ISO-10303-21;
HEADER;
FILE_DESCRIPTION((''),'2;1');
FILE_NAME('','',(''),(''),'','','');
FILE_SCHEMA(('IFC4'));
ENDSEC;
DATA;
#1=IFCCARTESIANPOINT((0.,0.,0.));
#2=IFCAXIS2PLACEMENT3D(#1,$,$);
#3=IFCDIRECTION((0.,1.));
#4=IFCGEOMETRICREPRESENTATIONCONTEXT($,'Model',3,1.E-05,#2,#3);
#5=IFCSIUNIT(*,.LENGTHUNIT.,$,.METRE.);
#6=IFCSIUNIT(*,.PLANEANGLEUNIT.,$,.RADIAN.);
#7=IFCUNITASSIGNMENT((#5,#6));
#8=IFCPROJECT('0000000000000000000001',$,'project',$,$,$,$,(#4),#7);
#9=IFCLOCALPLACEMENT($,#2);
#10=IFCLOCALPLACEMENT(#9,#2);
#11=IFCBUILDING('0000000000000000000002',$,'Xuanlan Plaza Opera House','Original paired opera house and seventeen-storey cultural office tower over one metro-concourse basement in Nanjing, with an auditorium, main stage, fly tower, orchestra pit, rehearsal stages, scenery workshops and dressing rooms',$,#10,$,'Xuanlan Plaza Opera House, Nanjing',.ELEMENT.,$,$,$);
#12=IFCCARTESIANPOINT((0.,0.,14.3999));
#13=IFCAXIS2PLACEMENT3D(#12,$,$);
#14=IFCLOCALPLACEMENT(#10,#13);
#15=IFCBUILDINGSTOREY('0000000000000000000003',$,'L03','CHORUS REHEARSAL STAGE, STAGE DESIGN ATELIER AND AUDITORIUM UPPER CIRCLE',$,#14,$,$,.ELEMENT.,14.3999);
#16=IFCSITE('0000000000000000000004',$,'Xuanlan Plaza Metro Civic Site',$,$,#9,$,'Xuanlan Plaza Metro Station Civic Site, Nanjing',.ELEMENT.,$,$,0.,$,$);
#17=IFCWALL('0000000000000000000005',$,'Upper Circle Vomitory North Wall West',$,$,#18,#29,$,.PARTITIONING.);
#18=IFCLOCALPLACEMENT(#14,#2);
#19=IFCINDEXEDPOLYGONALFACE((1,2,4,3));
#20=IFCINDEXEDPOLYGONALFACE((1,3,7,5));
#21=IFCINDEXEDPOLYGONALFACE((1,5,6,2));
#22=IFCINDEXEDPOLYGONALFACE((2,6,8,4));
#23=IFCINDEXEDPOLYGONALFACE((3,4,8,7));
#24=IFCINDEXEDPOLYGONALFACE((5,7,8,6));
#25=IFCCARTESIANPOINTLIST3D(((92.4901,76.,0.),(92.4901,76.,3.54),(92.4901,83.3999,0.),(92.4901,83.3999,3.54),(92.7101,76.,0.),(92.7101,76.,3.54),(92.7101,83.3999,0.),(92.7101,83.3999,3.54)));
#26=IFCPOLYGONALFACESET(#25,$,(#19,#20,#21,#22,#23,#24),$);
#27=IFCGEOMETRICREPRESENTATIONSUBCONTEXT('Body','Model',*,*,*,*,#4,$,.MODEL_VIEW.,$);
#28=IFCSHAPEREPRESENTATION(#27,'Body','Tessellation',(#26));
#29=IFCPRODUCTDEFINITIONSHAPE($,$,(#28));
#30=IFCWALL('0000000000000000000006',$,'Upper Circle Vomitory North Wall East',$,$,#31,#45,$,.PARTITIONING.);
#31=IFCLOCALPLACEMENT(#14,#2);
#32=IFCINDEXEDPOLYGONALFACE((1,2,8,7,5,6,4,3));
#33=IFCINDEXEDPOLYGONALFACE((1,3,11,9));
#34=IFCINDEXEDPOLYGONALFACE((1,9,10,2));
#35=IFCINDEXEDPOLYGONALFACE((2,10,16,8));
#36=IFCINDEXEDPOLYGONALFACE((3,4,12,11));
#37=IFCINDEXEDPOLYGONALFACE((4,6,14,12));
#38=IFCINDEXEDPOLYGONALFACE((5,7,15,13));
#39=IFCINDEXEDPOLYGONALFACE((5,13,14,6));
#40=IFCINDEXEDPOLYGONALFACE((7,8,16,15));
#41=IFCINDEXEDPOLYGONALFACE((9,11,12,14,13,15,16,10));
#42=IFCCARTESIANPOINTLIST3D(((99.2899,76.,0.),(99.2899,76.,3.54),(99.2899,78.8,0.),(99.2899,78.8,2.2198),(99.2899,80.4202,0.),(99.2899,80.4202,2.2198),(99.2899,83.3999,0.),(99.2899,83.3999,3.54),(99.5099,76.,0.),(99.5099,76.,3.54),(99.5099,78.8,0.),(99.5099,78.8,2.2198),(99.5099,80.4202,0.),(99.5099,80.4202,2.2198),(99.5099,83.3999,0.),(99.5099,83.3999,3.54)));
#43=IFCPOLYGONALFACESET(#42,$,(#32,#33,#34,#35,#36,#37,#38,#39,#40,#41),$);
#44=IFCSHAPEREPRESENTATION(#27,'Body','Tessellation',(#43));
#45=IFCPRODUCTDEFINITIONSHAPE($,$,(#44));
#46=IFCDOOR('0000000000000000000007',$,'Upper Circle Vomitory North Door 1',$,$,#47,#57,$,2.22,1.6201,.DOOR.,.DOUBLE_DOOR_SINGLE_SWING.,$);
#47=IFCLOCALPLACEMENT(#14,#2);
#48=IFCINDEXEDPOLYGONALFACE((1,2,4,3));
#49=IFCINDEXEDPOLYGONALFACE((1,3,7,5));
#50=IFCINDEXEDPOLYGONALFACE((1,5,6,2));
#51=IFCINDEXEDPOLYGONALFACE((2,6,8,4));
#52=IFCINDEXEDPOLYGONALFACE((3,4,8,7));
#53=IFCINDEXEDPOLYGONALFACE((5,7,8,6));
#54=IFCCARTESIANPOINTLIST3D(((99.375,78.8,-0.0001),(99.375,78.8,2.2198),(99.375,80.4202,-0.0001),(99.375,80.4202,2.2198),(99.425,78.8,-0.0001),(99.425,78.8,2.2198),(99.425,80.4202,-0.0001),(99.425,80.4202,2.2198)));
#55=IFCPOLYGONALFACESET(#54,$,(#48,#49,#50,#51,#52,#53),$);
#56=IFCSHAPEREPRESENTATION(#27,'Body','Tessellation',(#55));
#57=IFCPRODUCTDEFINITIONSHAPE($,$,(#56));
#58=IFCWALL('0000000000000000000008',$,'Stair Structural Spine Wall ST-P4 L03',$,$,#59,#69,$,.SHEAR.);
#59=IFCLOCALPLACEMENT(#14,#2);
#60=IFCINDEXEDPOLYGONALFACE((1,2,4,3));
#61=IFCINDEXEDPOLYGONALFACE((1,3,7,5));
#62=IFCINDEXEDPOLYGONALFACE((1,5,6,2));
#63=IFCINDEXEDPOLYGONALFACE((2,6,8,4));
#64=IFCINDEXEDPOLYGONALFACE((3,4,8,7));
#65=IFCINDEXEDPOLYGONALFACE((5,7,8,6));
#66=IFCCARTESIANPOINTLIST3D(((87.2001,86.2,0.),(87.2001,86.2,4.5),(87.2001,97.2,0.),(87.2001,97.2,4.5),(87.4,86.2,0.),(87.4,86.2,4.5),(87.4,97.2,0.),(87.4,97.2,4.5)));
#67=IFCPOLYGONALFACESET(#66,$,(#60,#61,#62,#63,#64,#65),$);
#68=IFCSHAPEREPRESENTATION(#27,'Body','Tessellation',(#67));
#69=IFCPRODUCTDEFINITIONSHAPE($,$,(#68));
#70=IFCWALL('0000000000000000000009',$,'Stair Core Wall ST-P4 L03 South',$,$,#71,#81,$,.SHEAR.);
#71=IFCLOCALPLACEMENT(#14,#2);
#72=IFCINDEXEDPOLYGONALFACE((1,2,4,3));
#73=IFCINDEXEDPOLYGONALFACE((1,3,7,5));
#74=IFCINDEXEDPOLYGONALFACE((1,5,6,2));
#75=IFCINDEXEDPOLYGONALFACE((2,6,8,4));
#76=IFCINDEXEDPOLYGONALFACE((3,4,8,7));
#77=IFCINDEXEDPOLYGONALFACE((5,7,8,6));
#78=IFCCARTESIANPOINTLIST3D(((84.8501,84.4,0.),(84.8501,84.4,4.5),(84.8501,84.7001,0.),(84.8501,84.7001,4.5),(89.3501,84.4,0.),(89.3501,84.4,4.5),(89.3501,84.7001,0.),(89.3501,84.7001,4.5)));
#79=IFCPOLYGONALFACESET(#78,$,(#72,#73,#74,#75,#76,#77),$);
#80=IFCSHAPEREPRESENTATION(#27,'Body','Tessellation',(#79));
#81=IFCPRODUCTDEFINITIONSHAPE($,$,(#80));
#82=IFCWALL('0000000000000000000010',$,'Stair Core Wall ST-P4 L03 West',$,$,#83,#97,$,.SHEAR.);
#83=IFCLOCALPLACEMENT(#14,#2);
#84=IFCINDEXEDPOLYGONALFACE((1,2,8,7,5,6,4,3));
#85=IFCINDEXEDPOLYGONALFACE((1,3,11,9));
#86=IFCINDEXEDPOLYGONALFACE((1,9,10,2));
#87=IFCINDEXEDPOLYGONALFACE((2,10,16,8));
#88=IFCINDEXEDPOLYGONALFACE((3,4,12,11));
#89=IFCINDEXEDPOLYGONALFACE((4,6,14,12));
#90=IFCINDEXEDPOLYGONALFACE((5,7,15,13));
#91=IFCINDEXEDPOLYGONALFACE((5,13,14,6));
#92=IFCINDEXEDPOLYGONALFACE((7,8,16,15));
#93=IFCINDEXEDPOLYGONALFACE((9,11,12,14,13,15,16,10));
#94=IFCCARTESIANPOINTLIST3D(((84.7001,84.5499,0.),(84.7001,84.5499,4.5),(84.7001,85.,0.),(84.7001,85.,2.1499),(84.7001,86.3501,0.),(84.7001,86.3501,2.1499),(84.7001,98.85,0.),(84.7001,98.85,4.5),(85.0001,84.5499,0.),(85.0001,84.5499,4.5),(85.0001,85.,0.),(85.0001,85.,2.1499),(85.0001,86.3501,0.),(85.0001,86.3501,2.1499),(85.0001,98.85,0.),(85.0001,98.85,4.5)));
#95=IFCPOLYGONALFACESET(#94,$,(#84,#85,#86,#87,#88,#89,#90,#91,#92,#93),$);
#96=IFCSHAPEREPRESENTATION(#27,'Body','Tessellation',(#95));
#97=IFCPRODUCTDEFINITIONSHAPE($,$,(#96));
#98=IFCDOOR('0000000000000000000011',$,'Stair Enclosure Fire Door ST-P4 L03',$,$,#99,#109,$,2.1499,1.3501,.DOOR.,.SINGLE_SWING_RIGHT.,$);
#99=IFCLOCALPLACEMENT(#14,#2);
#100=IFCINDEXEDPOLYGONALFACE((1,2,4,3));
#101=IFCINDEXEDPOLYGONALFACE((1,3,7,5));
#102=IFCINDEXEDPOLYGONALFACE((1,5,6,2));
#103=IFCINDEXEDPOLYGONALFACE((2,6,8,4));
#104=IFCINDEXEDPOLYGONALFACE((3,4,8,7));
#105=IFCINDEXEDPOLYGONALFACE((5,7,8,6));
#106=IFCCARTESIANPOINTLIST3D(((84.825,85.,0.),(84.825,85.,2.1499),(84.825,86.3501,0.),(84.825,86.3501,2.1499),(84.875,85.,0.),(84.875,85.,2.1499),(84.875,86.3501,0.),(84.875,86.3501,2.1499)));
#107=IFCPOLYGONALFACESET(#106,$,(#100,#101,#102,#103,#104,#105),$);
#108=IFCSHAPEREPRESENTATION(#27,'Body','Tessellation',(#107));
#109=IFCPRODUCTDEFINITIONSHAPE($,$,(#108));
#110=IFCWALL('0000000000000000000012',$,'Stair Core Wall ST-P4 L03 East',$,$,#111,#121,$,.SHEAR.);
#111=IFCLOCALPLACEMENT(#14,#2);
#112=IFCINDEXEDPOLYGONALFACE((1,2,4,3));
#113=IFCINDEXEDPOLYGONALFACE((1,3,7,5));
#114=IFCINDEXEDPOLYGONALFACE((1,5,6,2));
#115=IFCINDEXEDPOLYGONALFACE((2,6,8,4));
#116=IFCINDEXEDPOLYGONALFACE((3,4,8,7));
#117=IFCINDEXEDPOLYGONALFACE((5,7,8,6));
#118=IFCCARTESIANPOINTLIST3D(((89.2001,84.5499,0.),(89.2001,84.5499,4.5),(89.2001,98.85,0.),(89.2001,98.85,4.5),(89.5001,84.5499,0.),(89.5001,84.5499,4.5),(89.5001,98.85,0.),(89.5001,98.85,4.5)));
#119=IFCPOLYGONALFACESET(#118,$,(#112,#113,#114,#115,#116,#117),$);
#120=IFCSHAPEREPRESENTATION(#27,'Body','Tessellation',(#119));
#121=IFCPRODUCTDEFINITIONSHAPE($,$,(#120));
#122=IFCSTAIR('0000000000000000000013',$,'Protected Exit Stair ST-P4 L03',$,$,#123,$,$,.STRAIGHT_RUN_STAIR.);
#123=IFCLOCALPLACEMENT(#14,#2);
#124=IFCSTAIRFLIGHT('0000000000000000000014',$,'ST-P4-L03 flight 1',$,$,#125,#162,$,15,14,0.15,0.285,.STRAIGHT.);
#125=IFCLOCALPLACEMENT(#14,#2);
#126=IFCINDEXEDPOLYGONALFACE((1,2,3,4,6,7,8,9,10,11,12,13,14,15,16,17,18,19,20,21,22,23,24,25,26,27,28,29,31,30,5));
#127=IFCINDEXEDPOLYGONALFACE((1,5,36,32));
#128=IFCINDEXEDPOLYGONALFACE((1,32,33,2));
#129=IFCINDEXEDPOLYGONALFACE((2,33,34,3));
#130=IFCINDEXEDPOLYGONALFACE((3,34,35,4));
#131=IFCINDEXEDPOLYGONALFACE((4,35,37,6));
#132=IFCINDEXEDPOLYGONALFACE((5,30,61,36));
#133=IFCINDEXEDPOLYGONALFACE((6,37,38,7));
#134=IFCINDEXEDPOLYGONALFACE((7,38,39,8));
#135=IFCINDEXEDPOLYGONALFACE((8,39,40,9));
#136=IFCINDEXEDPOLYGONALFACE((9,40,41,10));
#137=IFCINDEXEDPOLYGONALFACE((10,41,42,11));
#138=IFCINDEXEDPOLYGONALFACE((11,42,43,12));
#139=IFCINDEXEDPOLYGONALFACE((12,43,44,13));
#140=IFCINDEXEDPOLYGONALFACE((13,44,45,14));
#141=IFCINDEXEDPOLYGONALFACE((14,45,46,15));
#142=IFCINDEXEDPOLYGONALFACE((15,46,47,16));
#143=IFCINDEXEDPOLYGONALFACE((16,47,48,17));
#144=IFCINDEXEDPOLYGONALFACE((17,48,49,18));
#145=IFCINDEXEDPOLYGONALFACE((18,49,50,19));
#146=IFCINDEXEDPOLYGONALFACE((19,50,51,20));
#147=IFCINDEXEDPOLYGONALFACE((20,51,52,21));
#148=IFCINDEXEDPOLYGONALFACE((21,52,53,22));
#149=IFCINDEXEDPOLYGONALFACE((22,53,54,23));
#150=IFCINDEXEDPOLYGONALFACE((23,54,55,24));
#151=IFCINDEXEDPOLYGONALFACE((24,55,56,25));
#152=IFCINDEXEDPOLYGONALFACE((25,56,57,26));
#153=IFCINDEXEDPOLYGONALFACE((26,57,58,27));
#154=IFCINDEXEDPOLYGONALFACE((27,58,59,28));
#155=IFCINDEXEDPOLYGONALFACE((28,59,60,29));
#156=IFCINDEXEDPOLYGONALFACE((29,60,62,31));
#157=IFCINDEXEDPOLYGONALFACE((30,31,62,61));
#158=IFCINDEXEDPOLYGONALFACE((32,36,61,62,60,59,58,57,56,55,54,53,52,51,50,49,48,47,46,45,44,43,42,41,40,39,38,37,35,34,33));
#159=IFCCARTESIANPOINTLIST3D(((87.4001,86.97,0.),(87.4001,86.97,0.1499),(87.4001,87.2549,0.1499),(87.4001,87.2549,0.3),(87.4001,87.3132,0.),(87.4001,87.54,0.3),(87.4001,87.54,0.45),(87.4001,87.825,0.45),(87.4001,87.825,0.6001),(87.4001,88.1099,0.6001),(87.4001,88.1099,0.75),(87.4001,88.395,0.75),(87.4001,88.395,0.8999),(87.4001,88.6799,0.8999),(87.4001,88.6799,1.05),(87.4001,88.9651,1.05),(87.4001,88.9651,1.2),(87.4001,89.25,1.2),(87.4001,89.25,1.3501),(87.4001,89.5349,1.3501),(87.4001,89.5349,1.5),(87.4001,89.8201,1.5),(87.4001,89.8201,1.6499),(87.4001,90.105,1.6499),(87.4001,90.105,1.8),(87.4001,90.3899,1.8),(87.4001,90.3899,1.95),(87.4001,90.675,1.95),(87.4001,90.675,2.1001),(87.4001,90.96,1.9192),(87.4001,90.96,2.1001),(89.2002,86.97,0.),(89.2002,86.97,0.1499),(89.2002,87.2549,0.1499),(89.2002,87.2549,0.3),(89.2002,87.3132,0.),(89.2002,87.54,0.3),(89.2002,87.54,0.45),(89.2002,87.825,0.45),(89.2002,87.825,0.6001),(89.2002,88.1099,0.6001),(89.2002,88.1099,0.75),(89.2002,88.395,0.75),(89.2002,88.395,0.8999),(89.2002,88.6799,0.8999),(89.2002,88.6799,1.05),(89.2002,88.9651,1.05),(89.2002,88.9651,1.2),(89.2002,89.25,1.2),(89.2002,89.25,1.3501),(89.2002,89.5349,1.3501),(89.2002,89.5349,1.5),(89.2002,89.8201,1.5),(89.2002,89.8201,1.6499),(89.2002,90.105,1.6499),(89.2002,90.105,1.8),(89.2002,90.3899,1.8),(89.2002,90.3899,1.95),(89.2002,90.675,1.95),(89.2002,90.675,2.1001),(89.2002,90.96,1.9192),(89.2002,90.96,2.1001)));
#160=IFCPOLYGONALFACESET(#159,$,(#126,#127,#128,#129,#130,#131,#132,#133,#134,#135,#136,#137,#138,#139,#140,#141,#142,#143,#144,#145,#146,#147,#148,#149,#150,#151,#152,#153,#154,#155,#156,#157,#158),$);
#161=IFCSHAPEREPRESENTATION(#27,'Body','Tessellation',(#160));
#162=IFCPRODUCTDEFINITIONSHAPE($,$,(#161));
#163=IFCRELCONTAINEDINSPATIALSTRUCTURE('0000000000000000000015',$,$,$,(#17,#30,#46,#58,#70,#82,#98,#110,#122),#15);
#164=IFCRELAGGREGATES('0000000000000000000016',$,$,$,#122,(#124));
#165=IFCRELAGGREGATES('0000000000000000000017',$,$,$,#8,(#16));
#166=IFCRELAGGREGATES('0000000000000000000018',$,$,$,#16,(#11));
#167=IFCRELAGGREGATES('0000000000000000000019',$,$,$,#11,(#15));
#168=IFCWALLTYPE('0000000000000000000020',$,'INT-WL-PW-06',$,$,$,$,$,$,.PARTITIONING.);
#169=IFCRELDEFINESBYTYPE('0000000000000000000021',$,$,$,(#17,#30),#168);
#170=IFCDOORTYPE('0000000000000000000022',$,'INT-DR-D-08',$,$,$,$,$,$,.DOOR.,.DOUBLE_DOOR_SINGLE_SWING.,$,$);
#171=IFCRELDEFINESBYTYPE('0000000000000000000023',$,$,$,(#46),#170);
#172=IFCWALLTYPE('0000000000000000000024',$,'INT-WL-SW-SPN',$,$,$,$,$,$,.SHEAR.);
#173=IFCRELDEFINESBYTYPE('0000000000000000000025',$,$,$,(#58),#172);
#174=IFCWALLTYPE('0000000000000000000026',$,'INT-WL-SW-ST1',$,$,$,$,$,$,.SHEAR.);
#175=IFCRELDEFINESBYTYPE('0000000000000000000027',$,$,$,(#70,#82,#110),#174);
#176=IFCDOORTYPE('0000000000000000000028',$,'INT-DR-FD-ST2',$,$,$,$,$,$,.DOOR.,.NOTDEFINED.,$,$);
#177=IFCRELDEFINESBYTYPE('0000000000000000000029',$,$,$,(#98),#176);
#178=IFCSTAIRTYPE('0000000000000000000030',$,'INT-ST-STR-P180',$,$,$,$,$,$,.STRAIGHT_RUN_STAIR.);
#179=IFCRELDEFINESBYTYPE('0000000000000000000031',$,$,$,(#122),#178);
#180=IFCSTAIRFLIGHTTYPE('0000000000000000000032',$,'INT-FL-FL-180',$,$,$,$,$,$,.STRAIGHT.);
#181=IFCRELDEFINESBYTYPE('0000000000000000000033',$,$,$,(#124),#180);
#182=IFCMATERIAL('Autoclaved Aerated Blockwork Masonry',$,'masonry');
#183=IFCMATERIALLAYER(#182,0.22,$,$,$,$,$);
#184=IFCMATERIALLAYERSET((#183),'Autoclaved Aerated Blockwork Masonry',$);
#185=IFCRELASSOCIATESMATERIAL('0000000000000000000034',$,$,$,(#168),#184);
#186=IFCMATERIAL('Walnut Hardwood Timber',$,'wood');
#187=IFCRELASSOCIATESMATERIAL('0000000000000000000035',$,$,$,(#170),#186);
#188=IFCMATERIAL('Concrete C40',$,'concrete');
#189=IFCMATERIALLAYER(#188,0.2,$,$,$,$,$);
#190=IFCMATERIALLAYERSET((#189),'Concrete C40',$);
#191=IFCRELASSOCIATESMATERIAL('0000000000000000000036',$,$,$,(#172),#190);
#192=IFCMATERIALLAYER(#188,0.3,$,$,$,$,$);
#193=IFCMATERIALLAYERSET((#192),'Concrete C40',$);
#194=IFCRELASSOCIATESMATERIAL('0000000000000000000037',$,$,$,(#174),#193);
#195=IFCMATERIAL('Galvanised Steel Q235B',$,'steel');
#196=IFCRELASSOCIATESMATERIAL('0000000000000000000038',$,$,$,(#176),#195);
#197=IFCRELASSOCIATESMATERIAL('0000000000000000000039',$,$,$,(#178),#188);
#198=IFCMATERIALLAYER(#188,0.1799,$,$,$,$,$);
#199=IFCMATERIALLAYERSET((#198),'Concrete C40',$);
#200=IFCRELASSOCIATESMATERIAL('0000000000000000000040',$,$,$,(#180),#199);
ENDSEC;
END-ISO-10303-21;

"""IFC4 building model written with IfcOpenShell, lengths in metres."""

from ifc_helpers import new_model, si_unit, direction, frame, frame_2d, origin, place, context, subcontext, project, spatial, polyline, rectangle, outline, extrude, material, layer, layer_set, type_object, element, fill, aggregate, save


model = new_model("IFC4")

# Units and contexts
model_context = context("Model", 3, precision=1e-05, world=origin(), true_north=direction((0.0, 1.0)))
body_context = subcontext(model_context, "Body", "Model", "MODEL_VIEW")
ifc_project = project(units=[si_unit("LENGTHUNIT", "METRE"), si_unit("PLANEANGLEUNIT", "RADIAN")], contexts=[model_context])

# Site, building, storey
site_placement = place(None, origin())
site = spatial("IfcSite", under=ifc_project, at=site_placement, Name="Xuanlan Plaza Metro Civic Site", LongName="Xuanlan Plaza Metro Station Civic Site, Nanjing", CompositionType="ELEMENT", RefElevation=0.0)
building_placement = place(site_placement, origin())
building = spatial("IfcBuilding", under=site, at=building_placement, Name="Xuanlan Plaza Opera House", Description="Original paired opera house and seventeen-storey cultural office tower over one metro-concourse basement in Nanjing, with an auditorium, main stage, fly tower, orchestra pit, rehearsal stages, scenery workshops and dressing rooms", LongName="Xuanlan Plaza Opera House, Nanjing", CompositionType="ELEMENT")
storey_placement = place(building_placement, frame((0.0, 0.0, 14.3999)))
storey = spatial("IfcBuildingStorey", under=building, at=storey_placement, Name="L03", Description="CHORUS REHEARSAL STAGE, STAGE DESIGN ATELIER AND AUDITORIUM UPPER CIRCLE", CompositionType="ELEMENT", Elevation=14.3999)

# Shared definitions
ifc_material_1 = material(Name="Concrete C40", Category="concrete")

# Shared definitions
ifc_material_2 = material(Name="Autoclaved Aerated Blockwork Masonry", Category="masonry")
ifc_layer_1 = layer(ifc_material_2, 0.22)
ifc_layer_set_1 = layer_set([ifc_layer_1], Name="Autoclaved Aerated Blockwork Masonry")
wall_type_1 = type_object("IfcWallType", Name="INT-WL-PW-06", PredefinedType="PARTITIONING", material=ifc_layer_set_1)
ifc_material_3 = material(Name="Galvanised Steel Q235B", Category="steel")

# Wall
wall_1_placement = place(storey_placement, frame((92.6001, 76.0, 0.0), z_axis=(0.0, 0.0, 1.0), x_axis=(0.0, 1.0, 0.0)))
element("IfcWall", 1, at=wall_1_placement, inside=storey, type_object=wall_type_1, Name="Upper Circle Vomitory North Wall West", PredefinedType="PARTITIONING", context=body_context, shape_type="SweptSolid", body=[
    extrude(rectangle(XDim=7.3999, YDim=0.22, at=frame_2d((3.7, 0.0))), origin(), (0.0, 0.0, 1.0), 3.54),
])

# Wall, opening, door
wall_2_placement = place(storey_placement, frame((99.3999, 76.0, 0.0), z_axis=(0.0, 0.0, 1.0), x_axis=(0.0, 1.0, 0.0)))
wall_2 = element("IfcWall", 2, at=wall_2_placement, inside=storey, type_object=wall_type_1, Name="Upper Circle Vomitory North Wall East", PredefinedType="PARTITIONING", context=body_context, shape_type="SweptSolid", body=[
    extrude(rectangle(XDim=7.3999, YDim=0.22, at=frame_2d((3.7, 0.0))), origin(), (0.0, 0.0, 1.0), 3.54),
])
opening_1_placement = place(wall_2_placement, frame((2.8, 0.0, 0.0)))
opening_1 = element("IfcOpeningElement", 3, at=opening_1_placement, cuts=wall_2, PredefinedType="OPENING", context=body_context, shape_type="SweptSolid", body=[
    extrude(rectangle(XDim=1.6201, YDim=2.22, at=frame_2d((0.8101, 1.1099))), frame((0.0, 0.1199, 0.0), z_axis=(0.0, -1.0, 0.0), x_axis=(1.0, 0.0, 0.0)), (0.0, 0.0, 1.0), 0.24),
])
ifc_material_4 = material(Name="Walnut Hardwood Timber", Category="wood")
door_type_1 = type_object("IfcDoorType", Name="INT-DR-D-08", OperationType="DOUBLE_DOOR_SINGLE_SWING", PredefinedType="DOOR", material=ifc_material_4)
door_1_placement = place(opening_1_placement, origin())
door_1 = element("IfcDoor", 4, at=door_1_placement, inside=storey, type_object=door_type_1, Name="Upper Circle Vomitory North Door 1", OperationType="DOUBLE_DOOR_SINGLE_SWING", OverallHeight=2.22, OverallWidth=1.6201, PredefinedType="DOOR", context=body_context, shape_type="SweptSolid", body=[
    extrude(rectangle(XDim=1.6201, YDim=2.22, at=frame_2d((0.8101, 1.1099))), frame((0.0, 0.0249, 0.0), z_axis=(0.0, -1.0, 0.0), x_axis=(1.0, 0.0, 0.0)), (0.0, 0.0, 1.0), 0.05),
])
fill(opening_1, door_1)

# Walls
ifc_layer_2 = layer(ifc_material_1, 0.2)
ifc_layer_set_2 = layer_set([ifc_layer_2], Name="Concrete C40")
wall_type_2 = type_object("IfcWallType", Name="INT-WL-SW-SPN", PredefinedType="SHEAR", material=ifc_layer_set_2)
wall_3_placement = place(storey_placement, frame((87.3, 86.2, 0.0), z_axis=(0.0, 0.0, 1.0), x_axis=(0.0, 1.0, 0.0)))
element("IfcWall", 5, at=wall_3_placement, inside=storey, type_object=wall_type_2, Name="Stair Structural Spine Wall ST-P4 L03", PredefinedType="SHEAR", context=body_context, shape_type="SweptSolid", body=[
    extrude(rectangle(XDim=11.0, YDim=0.2, at=frame_2d((5.5, 0.0))), origin(), (0.0, 0.0, 1.0), 4.5),
])
ifc_layer_3 = layer(ifc_material_1, 0.3)
ifc_layer_set_3 = layer_set([ifc_layer_3], Name="Concrete C40")
wall_type_3 = type_object("IfcWallType", Name="INT-WL-SW-ST1", PredefinedType="SHEAR", material=ifc_layer_set_3)
wall_4_placement = place(storey_placement, frame((84.8501, 84.55, 0.0), z_axis=(0.0, 0.0, 1.0), x_axis=(1.0, 0.0, 0.0)))
element("IfcWall", 6, at=wall_4_placement, inside=storey, type_object=wall_type_3, Name="Stair Core Wall ST-P4 L03 South", PredefinedType="SHEAR", context=body_context, shape_type="SweptSolid", body=[
    extrude(rectangle(XDim=4.5, YDim=0.3, at=frame_2d((2.25, 0.0))), origin(), (0.0, 0.0, 1.0), 4.5),
])

# Wall, opening, door
wall_5_placement = place(storey_placement, frame((84.8501, 84.55, 0.0), z_axis=(0.0, 0.0, 1.0), x_axis=(0.0, 1.0, 0.0)))
wall_5 = element("IfcWall", 7, at=wall_5_placement, inside=storey, type_object=wall_type_3, Name="Stair Core Wall ST-P4 L03 West", PredefinedType="SHEAR", context=body_context, shape_type="SweptSolid", body=[
    extrude(rectangle(XDim=14.3, YDim=0.3, at=frame_2d((7.1499, 0.0))), origin(), (0.0, 0.0, 1.0), 4.5),
])
opening_2_placement = place(wall_5_placement, frame((0.45, 0.0, 0.0)))
opening_2 = element("IfcOpeningElement", 8, at=opening_2_placement, cuts=wall_5, PredefinedType="OPENING", context=body_context, shape_type="SweptSolid", body=[
    extrude(rectangle(XDim=1.3501, YDim=2.1499, at=frame_2d((0.675, 1.075))), frame((0.0, 0.1599, 0.0), z_axis=(0.0, -1.0, 0.0), x_axis=(1.0, 0.0, 0.0)), (0.0, 0.0, 1.0), 0.3201),
])
door_type_2 = type_object("IfcDoorType", Name="INT-DR-FD-ST2", OperationType="NOTDEFINED", PredefinedType="DOOR", material=ifc_material_3)
door_2_placement = place(opening_2_placement, frame((1.3501, 0.0, 0.0), z_axis=(0.0, 0.0, 1.0), x_axis=(-1.0, 0.0, 0.0)))
door_2 = element("IfcDoor", 9, at=door_2_placement, inside=storey, type_object=door_type_2, Name="Stair Enclosure Fire Door ST-P4 L03", OperationType="SINGLE_SWING_RIGHT", OverallHeight=2.1499, OverallWidth=1.3501, PredefinedType="DOOR", context=body_context, shape_type="SweptSolid", body=[
    extrude(rectangle(XDim=1.3501, YDim=2.1499, at=frame_2d((0.675, 1.075))), frame((0.0, 0.0249, 0.0), z_axis=(0.0, -1.0, 0.0), x_axis=(1.0, 0.0, 0.0)), (0.0, 0.0, 1.0), 0.05),
])
fill(opening_2, door_2)

# Wall
wall_6_placement = place(storey_placement, frame((89.3501, 84.55, 0.0), z_axis=(0.0, 0.0, 1.0), x_axis=(0.0, 1.0, 0.0)))
element("IfcWall", 10, at=wall_6_placement, inside=storey, type_object=wall_type_3, Name="Stair Core Wall ST-P4 L03 East", PredefinedType="SHEAR", context=body_context, shape_type="SweptSolid", body=[
    extrude(rectangle(XDim=14.3, YDim=0.3, at=frame_2d((7.1499, 0.0))), origin(), (0.0, 0.0, 1.0), 4.5),
])

# Stair, stair flight
stair_type = type_object("IfcStairType", Name="INT-ST-STR-P180", PredefinedType="STRAIGHT_RUN_STAIR", material=ifc_material_1)
stair_placement = place(storey_placement, origin())
stair = element("IfcStair", 11, at=stair_placement, inside=storey, type_object=stair_type, Name="Protected Exit Stair ST-P4 L03", PredefinedType="STRAIGHT_RUN_STAIR")
ifc_layer_4 = layer(ifc_material_1, 0.1799)
ifc_layer_set_4 = layer_set([ifc_layer_4], Name="Concrete C40")
stair_flight_type = type_object("IfcStairFlightType", Name="INT-FL-FL-180", PredefinedType="STRAIGHT", material=ifc_layer_set_4)
stair_flight_placement = place(storey_placement, frame((88.3, 86.97, 0.0), z_axis=(0.0, 0.0, 1.0), x_axis=(0.0, 1.0, 0.0)))
stair_flight = element("IfcStairFlight", 12, at=stair_flight_placement, type_object=stair_flight_type, Name="ST-P4-L03 flight 1", NumberOfRisers=15, NumberOfTreads=14, PredefinedType="STRAIGHT", RiserHeight=0.15, TreadLength=0.285, context=body_context, shape_type="SweptSolid", body=[
    extrude(outline(polyline([(0.0, 0.0), (0.0, 0.1499), (0.2849, 0.1499), (0.2849, 0.3), (0.5701, 0.3), (0.5701, 0.45), (0.855, 0.45), (0.855, 0.6001), (1.1399, 0.6001), (1.1399, 0.75), (1.425, 0.75), (1.425, 0.8999), (1.71, 0.8999), (1.71, 1.05), (1.9951, 1.05), (1.9951, 1.2), (2.28, 1.2), (2.28, 1.3501), (2.5649, 1.3501), (2.5649, 1.5), (2.8501, 1.5), (2.8501, 1.6499), (3.135, 1.6499), (3.135, 1.8), (3.4199, 1.8), (3.4199, 1.95), (3.7051, 1.95), (3.7051, 2.1001), (3.99, 2.1001), (3.99, 2.25), (3.99, 1.9192), (0.3433, 0.0), (0.0, 0.0)])), frame((0.0, 0.8999, 0.0), z_axis=(0.0, -1.0, 0.0), x_axis=(1.0, 0.0, 0.0)), (0.0, 0.0, 1.0), 1.8),
])
aggregate(stair, [stair_flight])

save(model, "model.ifc")
